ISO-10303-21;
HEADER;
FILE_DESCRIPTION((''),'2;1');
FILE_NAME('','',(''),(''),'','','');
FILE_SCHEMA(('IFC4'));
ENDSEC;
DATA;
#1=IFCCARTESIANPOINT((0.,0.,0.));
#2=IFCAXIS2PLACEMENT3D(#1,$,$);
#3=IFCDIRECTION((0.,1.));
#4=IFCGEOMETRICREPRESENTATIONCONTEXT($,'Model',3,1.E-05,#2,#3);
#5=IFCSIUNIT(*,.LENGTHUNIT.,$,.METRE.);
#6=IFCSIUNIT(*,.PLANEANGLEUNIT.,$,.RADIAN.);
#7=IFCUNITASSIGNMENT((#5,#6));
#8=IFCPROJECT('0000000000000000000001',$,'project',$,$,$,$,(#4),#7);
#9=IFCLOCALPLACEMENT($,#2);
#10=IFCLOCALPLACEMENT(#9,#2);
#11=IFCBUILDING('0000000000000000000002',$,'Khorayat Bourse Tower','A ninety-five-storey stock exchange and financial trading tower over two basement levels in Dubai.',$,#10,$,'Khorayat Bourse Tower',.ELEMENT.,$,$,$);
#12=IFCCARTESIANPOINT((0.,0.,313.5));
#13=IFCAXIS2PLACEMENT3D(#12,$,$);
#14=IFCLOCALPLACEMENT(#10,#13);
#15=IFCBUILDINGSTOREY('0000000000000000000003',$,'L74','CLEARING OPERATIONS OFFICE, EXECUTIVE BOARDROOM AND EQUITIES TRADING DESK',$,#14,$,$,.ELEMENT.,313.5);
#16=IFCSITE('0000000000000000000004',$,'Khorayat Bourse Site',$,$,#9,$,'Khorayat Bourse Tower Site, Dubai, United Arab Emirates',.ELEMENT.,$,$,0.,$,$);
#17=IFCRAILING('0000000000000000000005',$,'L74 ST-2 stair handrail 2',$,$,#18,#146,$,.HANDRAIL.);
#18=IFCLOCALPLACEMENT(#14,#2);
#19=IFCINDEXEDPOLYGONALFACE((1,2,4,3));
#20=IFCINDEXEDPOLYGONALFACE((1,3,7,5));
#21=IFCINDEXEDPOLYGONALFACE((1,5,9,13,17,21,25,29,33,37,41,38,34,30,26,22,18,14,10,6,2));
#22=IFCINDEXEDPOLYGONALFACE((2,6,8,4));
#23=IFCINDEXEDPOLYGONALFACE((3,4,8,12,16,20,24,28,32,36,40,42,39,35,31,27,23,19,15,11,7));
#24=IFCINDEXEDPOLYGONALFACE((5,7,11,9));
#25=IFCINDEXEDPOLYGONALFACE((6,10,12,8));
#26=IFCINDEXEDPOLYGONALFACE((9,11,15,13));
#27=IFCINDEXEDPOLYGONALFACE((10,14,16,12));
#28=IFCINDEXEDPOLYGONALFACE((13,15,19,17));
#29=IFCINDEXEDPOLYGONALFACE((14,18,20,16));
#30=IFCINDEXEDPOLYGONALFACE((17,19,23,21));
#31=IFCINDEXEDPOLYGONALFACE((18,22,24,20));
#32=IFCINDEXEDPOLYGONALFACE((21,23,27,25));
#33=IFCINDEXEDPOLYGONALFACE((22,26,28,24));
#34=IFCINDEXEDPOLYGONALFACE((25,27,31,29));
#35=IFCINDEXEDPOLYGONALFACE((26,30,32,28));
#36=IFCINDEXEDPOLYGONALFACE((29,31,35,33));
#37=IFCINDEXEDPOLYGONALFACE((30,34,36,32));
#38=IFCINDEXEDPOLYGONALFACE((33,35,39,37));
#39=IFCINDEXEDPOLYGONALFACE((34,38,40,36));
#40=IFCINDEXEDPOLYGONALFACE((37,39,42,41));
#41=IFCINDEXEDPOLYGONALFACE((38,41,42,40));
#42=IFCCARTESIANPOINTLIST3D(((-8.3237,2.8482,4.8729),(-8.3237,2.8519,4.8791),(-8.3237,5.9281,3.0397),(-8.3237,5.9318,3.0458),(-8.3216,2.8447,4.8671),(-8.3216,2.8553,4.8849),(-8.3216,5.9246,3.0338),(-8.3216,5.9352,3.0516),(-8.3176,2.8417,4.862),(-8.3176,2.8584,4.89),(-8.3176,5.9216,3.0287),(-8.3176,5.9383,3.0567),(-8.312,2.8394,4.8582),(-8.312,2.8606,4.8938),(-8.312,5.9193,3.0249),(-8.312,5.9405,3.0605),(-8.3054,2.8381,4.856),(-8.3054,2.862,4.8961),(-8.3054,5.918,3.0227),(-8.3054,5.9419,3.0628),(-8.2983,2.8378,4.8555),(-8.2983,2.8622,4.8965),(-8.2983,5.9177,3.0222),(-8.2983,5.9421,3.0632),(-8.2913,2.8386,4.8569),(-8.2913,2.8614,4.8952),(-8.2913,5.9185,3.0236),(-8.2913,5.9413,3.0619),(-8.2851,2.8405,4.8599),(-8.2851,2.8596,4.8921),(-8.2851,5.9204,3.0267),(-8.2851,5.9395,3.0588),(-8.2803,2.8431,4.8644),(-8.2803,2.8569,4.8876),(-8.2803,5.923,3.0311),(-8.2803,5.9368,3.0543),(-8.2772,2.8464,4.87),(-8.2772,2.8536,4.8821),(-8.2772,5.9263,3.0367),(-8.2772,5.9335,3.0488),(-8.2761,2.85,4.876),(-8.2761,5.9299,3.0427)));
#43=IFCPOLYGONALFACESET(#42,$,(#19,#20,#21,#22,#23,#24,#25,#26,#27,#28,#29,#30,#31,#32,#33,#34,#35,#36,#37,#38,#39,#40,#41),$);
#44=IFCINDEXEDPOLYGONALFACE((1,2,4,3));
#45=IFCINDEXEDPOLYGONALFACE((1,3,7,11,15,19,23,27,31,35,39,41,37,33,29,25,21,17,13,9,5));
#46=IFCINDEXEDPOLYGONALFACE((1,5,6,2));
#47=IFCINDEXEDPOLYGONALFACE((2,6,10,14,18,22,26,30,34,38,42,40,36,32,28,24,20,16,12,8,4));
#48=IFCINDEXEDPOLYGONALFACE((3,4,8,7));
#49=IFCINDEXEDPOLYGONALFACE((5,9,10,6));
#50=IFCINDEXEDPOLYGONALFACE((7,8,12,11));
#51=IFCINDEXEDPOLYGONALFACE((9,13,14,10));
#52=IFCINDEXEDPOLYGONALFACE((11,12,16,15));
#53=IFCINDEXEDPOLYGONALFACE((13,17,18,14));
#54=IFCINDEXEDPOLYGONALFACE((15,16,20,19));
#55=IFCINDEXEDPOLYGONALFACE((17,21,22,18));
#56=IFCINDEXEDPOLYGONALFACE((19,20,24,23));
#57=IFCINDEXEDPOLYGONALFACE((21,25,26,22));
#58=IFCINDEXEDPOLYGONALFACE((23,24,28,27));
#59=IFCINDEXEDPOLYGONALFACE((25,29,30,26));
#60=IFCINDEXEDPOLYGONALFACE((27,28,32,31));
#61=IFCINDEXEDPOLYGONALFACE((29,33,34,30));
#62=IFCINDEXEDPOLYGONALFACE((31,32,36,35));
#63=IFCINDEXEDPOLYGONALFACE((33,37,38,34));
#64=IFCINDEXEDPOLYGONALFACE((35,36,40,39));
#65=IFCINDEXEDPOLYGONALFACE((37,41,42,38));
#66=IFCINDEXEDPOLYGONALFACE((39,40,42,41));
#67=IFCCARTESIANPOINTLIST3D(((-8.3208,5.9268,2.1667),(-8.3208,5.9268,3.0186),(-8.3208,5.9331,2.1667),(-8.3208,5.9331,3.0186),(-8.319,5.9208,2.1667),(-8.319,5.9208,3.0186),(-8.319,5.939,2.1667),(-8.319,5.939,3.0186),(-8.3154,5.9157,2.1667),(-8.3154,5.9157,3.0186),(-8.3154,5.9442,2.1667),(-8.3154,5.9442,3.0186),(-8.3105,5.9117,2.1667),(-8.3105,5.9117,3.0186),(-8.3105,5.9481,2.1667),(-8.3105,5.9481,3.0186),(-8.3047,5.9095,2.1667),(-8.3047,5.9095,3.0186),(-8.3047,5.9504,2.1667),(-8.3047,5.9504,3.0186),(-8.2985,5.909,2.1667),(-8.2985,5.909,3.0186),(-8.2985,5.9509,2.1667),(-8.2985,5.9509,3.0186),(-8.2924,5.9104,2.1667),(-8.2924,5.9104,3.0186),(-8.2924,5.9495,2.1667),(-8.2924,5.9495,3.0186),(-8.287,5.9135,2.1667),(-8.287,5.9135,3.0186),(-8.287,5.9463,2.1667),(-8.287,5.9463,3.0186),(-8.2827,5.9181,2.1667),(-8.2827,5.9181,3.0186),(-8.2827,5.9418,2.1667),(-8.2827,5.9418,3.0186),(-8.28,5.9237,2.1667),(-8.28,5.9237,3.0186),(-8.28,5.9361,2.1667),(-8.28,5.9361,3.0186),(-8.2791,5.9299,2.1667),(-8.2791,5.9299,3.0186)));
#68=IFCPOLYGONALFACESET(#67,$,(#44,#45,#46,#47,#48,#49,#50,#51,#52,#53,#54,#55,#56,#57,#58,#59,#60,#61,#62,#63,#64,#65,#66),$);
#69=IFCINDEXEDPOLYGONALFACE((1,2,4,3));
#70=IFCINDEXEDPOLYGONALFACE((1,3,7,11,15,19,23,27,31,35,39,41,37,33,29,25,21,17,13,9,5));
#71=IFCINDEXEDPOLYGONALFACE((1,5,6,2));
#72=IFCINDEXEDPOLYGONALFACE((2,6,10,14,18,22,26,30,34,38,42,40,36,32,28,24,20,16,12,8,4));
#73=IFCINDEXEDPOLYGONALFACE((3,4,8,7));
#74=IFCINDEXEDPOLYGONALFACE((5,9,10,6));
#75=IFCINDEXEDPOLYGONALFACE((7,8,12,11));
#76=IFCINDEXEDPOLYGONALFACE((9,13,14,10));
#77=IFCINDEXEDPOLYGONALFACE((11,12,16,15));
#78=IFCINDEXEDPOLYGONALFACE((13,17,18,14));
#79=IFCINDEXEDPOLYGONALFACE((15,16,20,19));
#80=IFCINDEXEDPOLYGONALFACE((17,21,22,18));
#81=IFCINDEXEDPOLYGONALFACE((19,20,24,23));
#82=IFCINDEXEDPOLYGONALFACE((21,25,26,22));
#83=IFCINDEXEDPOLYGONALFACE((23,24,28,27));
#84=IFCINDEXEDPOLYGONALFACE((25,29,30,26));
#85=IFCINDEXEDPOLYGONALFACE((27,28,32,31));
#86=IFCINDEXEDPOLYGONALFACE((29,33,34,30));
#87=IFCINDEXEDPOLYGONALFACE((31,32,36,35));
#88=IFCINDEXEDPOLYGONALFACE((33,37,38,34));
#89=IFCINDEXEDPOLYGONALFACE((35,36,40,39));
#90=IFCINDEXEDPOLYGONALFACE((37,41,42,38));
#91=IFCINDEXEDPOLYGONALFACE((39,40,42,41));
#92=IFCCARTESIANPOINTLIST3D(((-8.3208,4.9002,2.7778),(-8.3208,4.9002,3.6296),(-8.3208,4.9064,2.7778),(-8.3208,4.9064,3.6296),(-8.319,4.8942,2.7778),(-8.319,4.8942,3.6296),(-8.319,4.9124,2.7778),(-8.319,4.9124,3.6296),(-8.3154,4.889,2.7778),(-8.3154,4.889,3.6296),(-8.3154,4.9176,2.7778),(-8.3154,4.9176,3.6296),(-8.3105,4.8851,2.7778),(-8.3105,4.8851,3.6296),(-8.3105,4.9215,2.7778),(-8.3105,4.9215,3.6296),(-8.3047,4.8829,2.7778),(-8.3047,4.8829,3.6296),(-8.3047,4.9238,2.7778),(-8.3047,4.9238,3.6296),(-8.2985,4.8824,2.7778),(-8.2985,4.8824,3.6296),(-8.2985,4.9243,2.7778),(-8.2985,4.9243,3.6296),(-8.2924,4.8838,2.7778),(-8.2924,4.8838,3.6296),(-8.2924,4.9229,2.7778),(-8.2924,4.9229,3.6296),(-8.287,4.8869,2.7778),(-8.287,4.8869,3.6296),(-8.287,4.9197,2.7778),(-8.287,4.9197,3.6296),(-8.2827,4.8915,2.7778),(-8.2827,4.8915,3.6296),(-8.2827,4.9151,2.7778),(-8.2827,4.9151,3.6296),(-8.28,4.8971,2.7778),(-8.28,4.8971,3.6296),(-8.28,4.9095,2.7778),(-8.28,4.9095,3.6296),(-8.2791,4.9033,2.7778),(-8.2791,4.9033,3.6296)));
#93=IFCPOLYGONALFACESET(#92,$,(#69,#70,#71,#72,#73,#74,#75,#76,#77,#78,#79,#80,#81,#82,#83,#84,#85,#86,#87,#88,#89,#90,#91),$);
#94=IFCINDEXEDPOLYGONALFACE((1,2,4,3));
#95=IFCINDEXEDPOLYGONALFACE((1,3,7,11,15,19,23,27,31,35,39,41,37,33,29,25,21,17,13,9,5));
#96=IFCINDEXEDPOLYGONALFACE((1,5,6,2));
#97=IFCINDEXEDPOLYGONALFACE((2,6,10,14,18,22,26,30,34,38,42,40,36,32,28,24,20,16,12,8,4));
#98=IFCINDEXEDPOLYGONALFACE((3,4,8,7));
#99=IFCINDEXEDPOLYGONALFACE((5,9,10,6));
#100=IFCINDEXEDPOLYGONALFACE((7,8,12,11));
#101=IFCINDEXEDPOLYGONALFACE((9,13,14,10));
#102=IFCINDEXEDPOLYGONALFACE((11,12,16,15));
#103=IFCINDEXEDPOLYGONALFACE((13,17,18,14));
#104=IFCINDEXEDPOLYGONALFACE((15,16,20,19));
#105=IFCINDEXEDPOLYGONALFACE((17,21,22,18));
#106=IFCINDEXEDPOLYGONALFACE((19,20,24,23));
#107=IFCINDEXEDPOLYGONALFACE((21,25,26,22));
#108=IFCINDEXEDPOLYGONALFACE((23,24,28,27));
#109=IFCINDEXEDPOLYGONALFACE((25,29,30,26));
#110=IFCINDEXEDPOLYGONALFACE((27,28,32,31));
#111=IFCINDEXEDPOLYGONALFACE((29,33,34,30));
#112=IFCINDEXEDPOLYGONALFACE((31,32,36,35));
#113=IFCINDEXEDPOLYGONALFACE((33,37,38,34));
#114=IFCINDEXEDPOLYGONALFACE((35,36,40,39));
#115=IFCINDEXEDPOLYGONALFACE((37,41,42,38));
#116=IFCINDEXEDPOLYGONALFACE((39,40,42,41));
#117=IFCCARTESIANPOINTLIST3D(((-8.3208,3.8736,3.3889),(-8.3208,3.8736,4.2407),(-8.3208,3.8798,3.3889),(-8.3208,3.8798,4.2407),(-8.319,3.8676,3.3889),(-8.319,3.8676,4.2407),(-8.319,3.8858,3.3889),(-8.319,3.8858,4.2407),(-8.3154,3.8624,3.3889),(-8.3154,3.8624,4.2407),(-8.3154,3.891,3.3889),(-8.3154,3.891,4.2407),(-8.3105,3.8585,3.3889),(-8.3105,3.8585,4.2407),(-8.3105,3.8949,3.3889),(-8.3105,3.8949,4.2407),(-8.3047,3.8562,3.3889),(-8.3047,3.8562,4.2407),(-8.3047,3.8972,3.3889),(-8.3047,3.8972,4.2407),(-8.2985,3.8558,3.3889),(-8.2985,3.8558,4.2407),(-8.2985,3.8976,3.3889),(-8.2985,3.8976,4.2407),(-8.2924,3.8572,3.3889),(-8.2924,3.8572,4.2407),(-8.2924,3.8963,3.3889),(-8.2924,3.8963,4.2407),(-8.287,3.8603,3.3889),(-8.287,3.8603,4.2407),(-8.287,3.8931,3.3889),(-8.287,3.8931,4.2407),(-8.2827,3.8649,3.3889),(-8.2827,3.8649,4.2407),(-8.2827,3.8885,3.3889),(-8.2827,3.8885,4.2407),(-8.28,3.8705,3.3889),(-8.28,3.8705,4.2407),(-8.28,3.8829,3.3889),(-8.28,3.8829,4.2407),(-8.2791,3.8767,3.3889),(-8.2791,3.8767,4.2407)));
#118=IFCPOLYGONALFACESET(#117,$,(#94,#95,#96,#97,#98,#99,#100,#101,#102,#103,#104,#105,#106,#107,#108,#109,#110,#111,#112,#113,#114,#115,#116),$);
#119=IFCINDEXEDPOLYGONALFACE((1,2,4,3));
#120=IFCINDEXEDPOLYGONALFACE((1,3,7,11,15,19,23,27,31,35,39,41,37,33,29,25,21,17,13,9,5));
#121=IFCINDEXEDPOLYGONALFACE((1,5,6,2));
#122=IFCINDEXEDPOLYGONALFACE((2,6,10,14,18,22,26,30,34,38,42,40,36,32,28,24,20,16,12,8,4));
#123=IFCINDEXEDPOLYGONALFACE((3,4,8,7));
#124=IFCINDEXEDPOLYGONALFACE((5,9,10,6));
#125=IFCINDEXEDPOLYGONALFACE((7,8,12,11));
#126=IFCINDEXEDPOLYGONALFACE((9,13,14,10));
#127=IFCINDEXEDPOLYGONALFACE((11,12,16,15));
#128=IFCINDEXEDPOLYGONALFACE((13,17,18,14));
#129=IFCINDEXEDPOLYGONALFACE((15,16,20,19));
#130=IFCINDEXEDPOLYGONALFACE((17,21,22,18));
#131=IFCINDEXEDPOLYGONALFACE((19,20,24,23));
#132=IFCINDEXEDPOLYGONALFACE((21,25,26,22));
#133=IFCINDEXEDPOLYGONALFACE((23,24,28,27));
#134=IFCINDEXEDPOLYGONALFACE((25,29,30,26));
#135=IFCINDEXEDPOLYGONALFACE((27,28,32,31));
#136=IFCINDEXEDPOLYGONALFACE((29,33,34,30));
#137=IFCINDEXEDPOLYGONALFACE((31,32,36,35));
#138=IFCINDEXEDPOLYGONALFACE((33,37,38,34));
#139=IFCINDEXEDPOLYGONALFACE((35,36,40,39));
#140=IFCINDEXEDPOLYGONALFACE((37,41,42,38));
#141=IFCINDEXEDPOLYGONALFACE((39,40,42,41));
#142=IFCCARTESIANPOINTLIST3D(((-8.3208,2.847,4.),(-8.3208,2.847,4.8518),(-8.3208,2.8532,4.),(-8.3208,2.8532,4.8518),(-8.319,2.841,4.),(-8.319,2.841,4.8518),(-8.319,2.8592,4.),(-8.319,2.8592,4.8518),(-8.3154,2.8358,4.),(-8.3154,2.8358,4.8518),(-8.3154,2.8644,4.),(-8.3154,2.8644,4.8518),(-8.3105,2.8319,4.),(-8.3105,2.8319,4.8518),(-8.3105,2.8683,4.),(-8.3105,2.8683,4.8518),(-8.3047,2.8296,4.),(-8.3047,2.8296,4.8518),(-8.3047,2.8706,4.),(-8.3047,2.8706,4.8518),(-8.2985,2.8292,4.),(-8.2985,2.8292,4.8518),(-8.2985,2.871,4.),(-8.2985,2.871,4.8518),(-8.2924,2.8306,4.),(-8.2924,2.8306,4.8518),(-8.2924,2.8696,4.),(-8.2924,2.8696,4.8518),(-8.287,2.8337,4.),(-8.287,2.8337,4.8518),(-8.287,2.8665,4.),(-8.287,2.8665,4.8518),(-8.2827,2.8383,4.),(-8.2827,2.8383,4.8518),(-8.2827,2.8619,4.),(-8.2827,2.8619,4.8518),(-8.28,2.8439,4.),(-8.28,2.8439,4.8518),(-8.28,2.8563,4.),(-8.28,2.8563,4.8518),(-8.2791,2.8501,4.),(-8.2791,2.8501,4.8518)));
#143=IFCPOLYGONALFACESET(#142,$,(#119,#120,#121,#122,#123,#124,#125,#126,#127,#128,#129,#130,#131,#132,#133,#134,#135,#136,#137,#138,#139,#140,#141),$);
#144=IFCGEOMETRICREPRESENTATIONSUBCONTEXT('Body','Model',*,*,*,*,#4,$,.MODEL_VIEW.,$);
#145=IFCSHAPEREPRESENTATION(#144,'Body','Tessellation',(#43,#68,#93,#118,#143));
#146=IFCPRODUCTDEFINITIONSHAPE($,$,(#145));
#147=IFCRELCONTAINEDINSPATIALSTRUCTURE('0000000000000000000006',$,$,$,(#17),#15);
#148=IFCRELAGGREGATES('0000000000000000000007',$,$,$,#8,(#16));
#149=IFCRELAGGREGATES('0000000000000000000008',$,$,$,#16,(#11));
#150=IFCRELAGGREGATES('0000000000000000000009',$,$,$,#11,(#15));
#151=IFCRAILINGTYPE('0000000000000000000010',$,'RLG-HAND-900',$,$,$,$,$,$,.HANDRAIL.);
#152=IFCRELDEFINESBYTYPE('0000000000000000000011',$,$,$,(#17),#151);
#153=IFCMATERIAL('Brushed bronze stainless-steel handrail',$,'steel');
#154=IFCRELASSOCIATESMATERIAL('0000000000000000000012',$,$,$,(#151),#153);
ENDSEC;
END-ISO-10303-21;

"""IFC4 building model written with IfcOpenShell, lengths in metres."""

from ifc_helpers import new_model, si_unit, direction, frame, origin, origin_2d, place, context, subcontext, project, spatial, circle, extrude, source, transform, mapped, material, type_object, element, save


model = new_model("IFC4")

# Units and contexts
model_context = context("Model", 3, precision=1e-05, world=origin(), true_north=direction((0.0, 1.0)))
body_context = subcontext(model_context, "Body", "Model", "MODEL_VIEW")
ifc_project = project(units=[si_unit("LENGTHUNIT", "METRE"), si_unit("PLANEANGLEUNIT", "RADIAN")], contexts=[model_context])

# Site, building, storey
site_placement = place(None, origin())
site = spatial("IfcSite", under=ifc_project, at=site_placement, Name="Khorayat Bourse Site", LongName="Khorayat Bourse Tower Site, Dubai, United Arab Emirates", CompositionType="ELEMENT", RefElevation=0.0)
building_placement = place(site_placement, origin())
building = spatial("IfcBuilding", under=site, at=building_placement, Name="Khorayat Bourse Tower", Description="A ninety-five-storey stock exchange and financial trading tower over two basement levels in Dubai.", LongName="Khorayat Bourse Tower", CompositionType="ELEMENT")
storey_placement = place(building_placement, frame((0.0, 0.0, 313.5)))
storey = spatial("IfcBuildingStorey", under=building, at=storey_placement, Name="L74", Description="CLEARING OPERATIONS OFFICE, EXECUTIVE BOARDROOM AND EQUITIES TRADING DESK", CompositionType="ELEMENT", Elevation=313.5)

# Railing
ifc_material_1 = material(Name="Brushed bronze stainless-steel handrail", Category="steel")
railing_type_1 = type_object("IfcRailingType", Name="RLG-HAND-900", PredefinedType="HANDRAIL", material=ifc_material_1)
shared_shape_1 = source(origin(), body_context, "Body", "SweptSolid", [
    extrude(circle(Radius=0.0239, at=origin_2d()), frame((0.0, 0.0, 0.876), z_axis=(0.0, -0.859291, 0.511487), x_axis=(1.0, 0.0, 0.0)), (0.0, 0.0, 1.0), 3.5842),
    extrude(circle(Radius=0.021, at=origin_2d()), origin(), (0.0, 0.0, 1.0), 0.8518),
    extrude(circle(Radius=0.021, at=origin_2d()), frame((0.0, -1.0266, 0.6111)), (0.0, 0.0, 1.0), 0.8518),
    extrude(circle(Radius=0.021, at=origin_2d()), frame((0.0, -2.0532, 1.2222)), (0.0, 0.0, 1.0), 0.8518),
    extrude(circle(Radius=0.021, at=origin_2d()), frame((0.0, -3.0798, 1.8333)), (0.0, 0.0, 1.0), 0.8518),
])
railing_1_placement = place(storey_placement, frame((-8.3, 5.9299, 2.1667)))
element("IfcRailing", 1, at=railing_1_placement, inside=storey, type_object=railing_type_1, Name="L74 ST-2 stair handrail 2", PredefinedType="HANDRAIL", context=body_context, shape_type="MappedRepresentation", body=[
    mapped(shared_shape_1, transform((0.0, 0.0, 0.0), scale=1.0)),
])

save(model, "model.ifc")
